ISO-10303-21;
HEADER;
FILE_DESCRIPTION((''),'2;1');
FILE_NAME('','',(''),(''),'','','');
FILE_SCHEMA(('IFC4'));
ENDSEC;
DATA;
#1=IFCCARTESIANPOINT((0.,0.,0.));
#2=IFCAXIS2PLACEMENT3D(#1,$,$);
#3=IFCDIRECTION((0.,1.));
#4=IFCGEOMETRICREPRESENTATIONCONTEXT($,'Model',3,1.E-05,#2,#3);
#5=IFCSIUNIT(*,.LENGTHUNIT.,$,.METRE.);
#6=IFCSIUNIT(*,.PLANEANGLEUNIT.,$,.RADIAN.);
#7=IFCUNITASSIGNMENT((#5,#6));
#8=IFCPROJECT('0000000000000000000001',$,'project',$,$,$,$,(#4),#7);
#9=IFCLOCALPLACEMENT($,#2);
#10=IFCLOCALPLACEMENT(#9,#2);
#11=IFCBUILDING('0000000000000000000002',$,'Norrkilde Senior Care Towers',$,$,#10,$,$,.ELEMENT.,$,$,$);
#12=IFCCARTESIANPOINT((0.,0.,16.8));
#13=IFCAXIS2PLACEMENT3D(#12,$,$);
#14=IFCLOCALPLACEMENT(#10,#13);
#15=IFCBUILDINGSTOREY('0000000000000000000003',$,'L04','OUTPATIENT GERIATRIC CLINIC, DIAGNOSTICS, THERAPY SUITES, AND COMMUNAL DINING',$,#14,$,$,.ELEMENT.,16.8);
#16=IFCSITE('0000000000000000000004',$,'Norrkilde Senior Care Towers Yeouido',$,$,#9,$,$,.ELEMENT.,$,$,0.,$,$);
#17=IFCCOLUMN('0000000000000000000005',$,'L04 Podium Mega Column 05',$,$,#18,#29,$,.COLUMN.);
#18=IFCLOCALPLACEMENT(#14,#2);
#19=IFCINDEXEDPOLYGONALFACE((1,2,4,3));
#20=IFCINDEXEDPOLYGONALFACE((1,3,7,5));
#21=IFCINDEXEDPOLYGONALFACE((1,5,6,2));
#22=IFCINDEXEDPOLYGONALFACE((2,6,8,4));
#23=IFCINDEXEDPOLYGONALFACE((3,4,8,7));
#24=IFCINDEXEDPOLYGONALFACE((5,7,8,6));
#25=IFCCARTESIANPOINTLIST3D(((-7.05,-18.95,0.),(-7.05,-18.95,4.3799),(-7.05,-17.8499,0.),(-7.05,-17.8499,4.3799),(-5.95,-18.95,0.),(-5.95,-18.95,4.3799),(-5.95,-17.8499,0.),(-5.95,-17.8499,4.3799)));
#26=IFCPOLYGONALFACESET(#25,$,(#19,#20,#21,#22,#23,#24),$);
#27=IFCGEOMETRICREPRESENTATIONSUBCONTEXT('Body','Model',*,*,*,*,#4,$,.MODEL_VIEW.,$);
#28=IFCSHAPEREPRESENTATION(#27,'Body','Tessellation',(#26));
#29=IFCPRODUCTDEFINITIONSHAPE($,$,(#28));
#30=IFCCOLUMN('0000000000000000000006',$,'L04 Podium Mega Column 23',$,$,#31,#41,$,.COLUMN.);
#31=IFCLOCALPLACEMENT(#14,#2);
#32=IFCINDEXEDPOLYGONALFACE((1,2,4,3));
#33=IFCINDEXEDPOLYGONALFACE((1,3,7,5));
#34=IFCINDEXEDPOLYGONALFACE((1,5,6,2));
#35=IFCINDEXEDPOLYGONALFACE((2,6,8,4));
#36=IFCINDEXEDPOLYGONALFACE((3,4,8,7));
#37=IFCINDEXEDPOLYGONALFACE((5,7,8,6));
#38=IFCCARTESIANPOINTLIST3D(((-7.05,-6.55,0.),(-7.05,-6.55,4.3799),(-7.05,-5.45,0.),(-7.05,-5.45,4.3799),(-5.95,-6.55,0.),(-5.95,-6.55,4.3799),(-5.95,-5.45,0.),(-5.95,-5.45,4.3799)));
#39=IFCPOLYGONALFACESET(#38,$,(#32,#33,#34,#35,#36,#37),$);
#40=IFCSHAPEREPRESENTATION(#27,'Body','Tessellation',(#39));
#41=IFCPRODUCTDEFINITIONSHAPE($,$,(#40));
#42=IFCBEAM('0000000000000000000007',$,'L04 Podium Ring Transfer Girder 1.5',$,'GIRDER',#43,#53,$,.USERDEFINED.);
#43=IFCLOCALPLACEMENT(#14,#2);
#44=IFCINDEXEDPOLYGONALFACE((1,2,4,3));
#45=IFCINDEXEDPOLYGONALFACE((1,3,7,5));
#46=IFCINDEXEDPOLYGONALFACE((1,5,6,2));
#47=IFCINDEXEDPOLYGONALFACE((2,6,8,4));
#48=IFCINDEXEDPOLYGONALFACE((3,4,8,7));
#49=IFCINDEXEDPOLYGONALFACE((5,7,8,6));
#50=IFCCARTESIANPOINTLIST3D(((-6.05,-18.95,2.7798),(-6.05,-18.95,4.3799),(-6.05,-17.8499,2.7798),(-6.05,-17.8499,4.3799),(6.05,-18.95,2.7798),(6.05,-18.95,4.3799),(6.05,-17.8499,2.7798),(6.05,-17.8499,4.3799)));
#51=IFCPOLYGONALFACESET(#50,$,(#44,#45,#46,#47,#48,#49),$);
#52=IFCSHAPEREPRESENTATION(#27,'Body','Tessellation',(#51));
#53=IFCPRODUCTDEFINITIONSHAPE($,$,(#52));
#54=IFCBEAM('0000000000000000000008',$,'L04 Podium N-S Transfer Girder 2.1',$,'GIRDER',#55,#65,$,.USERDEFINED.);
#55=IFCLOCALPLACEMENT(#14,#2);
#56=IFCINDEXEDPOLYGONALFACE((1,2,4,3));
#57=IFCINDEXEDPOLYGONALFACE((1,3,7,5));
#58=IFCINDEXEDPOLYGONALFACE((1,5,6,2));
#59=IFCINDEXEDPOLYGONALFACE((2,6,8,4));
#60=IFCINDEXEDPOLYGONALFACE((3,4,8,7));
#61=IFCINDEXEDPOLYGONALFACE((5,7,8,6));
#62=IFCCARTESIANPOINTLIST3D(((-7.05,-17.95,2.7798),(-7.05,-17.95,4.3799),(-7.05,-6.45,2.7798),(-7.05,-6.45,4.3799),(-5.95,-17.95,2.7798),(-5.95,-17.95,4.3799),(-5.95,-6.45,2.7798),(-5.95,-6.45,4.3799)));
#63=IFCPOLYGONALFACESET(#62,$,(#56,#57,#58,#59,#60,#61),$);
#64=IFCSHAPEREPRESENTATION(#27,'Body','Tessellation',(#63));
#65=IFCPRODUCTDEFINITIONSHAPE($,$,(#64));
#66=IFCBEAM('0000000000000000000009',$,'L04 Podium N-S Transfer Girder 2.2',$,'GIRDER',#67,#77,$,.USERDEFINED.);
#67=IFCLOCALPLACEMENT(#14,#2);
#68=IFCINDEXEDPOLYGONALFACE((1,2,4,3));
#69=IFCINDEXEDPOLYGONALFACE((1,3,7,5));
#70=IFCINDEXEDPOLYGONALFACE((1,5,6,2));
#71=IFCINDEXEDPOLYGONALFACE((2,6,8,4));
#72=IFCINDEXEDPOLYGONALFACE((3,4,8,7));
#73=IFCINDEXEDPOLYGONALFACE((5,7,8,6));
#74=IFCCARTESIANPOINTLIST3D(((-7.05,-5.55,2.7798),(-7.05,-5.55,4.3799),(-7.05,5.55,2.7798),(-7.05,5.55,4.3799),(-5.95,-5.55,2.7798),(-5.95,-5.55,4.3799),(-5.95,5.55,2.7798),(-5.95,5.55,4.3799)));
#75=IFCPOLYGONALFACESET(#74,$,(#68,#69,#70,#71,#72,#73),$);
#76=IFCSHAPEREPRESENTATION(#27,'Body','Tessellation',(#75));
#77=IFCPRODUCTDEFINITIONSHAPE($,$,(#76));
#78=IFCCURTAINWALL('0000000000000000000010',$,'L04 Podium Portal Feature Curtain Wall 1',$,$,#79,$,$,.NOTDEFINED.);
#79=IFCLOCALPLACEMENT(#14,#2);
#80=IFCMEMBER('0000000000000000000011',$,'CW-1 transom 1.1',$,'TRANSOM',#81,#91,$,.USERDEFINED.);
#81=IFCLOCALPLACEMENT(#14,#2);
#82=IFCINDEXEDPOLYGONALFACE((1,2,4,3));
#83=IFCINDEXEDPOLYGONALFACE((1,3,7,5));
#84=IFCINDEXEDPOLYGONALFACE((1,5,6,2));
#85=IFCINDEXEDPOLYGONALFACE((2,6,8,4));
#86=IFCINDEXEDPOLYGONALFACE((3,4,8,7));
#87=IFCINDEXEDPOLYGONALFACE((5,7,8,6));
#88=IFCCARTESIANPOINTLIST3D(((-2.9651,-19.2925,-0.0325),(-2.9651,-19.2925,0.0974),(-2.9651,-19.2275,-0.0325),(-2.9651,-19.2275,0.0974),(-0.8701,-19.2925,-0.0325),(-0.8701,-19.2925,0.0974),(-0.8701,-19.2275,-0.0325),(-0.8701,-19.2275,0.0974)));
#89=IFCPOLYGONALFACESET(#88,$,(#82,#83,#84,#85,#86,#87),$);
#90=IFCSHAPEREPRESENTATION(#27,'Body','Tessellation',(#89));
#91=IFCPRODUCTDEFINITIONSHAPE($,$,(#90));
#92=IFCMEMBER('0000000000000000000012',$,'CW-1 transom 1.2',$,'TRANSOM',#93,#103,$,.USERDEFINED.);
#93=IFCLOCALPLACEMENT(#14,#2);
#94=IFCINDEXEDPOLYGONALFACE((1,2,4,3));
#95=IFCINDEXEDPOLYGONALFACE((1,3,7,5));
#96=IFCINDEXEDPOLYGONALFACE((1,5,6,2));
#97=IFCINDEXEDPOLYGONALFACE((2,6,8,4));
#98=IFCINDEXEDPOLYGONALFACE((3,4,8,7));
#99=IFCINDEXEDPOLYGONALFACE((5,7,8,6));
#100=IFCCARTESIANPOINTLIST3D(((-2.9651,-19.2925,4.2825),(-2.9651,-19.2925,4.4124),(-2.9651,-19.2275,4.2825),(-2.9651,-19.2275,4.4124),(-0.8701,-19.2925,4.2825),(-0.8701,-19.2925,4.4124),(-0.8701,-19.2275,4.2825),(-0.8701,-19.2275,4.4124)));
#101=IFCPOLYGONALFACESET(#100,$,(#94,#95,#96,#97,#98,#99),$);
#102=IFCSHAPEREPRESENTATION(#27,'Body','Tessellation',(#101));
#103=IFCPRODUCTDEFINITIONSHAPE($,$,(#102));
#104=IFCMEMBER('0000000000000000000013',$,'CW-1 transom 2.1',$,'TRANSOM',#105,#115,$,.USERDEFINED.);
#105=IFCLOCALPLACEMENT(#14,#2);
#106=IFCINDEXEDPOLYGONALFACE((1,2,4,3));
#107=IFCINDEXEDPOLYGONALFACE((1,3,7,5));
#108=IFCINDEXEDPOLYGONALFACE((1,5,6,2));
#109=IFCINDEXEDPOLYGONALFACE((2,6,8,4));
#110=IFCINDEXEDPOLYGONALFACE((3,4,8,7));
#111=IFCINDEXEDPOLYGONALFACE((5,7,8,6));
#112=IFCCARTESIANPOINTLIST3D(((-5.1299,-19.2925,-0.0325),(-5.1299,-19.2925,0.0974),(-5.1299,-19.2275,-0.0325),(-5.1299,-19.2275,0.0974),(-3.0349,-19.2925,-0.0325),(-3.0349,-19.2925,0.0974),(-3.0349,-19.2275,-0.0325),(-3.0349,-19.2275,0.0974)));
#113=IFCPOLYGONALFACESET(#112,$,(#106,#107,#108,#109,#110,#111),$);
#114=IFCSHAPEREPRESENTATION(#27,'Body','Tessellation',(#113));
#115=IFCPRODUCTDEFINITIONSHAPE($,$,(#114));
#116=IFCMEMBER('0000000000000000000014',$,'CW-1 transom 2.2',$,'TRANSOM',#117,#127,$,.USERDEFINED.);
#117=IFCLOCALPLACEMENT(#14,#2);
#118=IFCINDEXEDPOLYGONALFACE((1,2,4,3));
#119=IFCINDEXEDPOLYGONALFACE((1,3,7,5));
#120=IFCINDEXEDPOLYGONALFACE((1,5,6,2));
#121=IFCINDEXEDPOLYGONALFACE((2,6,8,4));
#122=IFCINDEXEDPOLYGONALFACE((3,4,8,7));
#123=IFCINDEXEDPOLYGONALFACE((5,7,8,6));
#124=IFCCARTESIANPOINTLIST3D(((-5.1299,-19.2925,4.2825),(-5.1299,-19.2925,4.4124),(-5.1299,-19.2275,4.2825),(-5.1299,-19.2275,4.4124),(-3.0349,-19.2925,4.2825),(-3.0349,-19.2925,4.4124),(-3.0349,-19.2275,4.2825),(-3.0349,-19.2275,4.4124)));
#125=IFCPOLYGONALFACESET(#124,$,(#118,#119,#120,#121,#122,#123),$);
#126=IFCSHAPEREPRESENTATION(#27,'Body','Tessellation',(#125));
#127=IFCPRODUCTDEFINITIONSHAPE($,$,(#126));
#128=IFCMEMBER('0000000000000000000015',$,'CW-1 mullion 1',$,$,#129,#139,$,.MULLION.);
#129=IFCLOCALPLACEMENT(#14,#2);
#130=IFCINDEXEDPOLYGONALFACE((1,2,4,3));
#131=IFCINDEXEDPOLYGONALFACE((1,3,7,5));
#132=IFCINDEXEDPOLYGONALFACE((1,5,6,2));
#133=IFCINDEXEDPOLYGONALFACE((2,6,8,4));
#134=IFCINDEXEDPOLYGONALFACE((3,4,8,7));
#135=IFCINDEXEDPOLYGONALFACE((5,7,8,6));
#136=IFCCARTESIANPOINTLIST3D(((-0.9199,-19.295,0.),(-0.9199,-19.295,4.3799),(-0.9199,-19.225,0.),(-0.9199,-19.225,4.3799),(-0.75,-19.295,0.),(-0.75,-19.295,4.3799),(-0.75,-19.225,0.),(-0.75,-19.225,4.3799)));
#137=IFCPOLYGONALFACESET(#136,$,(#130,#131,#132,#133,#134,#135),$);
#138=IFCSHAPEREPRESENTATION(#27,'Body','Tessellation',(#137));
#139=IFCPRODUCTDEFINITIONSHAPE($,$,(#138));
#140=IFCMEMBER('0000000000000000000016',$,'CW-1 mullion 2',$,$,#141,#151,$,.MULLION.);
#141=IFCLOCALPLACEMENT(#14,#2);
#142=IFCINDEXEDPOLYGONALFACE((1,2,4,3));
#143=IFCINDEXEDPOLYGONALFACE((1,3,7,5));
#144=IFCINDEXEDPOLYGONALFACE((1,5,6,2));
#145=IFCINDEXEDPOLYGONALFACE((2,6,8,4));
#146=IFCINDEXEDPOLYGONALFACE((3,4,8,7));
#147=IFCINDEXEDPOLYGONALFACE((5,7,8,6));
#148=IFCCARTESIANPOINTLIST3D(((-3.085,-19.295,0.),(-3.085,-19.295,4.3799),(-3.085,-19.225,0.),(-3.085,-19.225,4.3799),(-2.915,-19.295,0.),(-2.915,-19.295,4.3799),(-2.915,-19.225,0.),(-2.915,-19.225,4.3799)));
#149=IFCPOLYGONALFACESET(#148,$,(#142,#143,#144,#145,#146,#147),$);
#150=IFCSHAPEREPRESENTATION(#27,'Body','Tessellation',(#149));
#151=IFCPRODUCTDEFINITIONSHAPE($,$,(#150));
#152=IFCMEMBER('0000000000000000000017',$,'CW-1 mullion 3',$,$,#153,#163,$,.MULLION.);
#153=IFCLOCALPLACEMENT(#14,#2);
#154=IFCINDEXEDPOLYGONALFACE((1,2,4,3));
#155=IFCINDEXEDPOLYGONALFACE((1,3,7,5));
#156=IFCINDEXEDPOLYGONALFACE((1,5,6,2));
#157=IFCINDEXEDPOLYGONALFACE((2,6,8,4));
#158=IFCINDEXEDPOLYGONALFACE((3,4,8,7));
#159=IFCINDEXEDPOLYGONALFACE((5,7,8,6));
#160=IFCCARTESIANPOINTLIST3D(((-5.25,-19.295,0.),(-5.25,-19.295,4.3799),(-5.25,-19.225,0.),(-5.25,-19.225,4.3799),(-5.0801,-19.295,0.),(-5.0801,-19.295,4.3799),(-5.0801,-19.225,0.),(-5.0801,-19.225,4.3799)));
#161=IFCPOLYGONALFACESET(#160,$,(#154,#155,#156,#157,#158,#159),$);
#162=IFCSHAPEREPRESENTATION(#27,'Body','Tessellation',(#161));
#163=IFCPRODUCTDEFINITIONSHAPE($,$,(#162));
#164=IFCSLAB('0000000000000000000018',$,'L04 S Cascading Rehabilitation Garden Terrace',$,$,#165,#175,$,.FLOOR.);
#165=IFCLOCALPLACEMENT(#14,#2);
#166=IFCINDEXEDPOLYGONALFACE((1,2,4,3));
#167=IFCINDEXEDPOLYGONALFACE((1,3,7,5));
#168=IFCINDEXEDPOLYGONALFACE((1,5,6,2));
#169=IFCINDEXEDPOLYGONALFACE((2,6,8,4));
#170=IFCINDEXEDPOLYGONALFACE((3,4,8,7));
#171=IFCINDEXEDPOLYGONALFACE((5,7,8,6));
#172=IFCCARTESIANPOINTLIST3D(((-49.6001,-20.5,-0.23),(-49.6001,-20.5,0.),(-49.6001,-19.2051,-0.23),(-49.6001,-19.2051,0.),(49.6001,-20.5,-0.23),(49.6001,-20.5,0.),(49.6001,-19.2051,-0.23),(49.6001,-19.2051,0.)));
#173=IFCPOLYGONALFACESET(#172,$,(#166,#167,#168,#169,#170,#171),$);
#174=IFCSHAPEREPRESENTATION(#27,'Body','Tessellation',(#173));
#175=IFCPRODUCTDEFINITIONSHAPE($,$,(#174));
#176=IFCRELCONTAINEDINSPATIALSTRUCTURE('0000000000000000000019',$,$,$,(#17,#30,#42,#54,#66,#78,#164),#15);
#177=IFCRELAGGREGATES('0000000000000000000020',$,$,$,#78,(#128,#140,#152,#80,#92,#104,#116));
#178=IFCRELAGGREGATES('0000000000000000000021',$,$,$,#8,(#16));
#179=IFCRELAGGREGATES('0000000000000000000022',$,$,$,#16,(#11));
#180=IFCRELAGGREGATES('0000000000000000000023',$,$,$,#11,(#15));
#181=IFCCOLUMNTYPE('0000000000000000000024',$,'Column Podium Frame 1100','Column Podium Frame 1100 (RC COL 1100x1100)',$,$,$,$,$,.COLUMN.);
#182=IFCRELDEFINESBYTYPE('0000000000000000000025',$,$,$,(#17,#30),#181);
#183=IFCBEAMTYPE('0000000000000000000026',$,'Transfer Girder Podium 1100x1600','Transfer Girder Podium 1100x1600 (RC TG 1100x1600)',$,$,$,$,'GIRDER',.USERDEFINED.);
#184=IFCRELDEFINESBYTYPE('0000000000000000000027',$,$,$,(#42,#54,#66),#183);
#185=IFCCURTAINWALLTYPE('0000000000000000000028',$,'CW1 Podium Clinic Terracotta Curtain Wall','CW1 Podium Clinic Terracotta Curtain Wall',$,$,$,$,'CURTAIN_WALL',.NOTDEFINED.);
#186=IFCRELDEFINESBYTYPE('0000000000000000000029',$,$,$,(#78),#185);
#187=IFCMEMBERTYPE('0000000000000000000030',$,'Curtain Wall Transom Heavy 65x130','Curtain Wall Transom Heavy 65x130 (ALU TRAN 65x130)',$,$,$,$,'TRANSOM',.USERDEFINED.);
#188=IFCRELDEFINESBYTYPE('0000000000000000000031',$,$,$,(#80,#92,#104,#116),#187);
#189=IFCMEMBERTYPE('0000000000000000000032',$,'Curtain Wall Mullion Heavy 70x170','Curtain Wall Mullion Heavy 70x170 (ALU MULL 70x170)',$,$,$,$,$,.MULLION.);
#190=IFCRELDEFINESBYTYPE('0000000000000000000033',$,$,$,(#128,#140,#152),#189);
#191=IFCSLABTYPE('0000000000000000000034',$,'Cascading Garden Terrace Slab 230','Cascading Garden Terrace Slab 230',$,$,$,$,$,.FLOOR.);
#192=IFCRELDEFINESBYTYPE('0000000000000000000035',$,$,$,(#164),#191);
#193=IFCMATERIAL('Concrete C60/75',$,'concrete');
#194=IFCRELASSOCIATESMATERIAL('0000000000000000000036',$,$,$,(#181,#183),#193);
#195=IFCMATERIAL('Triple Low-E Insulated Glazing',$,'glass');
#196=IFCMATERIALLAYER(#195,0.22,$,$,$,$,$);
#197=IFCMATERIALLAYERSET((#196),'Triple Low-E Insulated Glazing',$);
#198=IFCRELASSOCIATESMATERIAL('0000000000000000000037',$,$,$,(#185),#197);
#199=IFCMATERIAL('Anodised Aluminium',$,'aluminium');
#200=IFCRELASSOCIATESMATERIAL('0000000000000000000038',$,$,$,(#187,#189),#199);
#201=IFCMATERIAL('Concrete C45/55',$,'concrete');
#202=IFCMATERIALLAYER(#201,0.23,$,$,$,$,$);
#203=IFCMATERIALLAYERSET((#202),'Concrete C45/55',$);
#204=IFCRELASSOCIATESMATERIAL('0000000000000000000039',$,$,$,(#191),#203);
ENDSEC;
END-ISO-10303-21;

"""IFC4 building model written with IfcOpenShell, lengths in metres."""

from ifc_helpers import new_model, si_unit, direction, frame, origin, origin_2d, place, context, subcontext, project, spatial, polyline, rectangle, outline, extrude, source, transform, mapped, material, layer, layer_set, material_profile, profile_set, type_object, type_shapes, element, aggregate, save


model = new_model("IFC4")

# Units and contexts
model_context = context("Model", 3, precision=1e-05, world=origin(), true_north=direction((0.0, 1.0)))
body_context = subcontext(model_context, "Body", "Model", "MODEL_VIEW")
ifc_project = project(units=[si_unit("LENGTHUNIT", "METRE"), si_unit("PLANEANGLEUNIT", "RADIAN")], contexts=[model_context])

# Site, building, storey
site_placement = place(None, origin())
site = spatial("IfcSite", under=ifc_project, at=site_placement, Name="Norrkilde Senior Care Towers Yeouido", CompositionType="ELEMENT", RefElevation=0.0)
building_placement = place(site_placement, origin())
building = spatial("IfcBuilding", under=site, at=building_placement, Name="Norrkilde Senior Care Towers", CompositionType="ELEMENT")
storey_placement = place(building_placement, frame((0.0, 0.0, 16.8)))
storey = spatial("IfcBuildingStorey", under=building, at=storey_placement, Name="L04", Description="OUTPATIENT GERIATRIC CLINIC, DIAGNOSTICS, THERAPY SUITES, AND COMMUNAL DINING", CompositionType="ELEMENT", Elevation=16.8)

# Columns
ifc_material_1 = material(Name="Concrete C60/75", Category="concrete")
ifc_material_profile_1 = material_profile(ifc_material_1, rectangle(XDim=1.1001, YDim=1.1001, at=origin_2d()), Name="RC COL 1100x1100")
ifc_profile_set_1 = profile_set([ifc_material_profile_1], Name="Concrete C60/75")
column_type = type_object("IfcColumnType", Name="Column Podium Frame 1100", Description="Column Podium Frame 1100 (RC COL 1100x1100)", PredefinedType="COLUMN", material=ifc_profile_set_1)
shared_shape_1 = source(origin(), body_context, "Body", "SweptSolid", [
    extrude(rectangle(XDim=1.1001, YDim=1.1001, at=origin_2d()), origin(), (0.0, 0.0, 1.0), 4.3799),
])
type_shapes(column_type, [shared_shape_1])
for number, where, z_axis, x_axis, name in (
    (1, (-6.5, -18.3999, 0.0), (0.0, 0.0, 1.0), (1.0, 0.0, 0.0), "L04 Podium Mega Column 05"),
    (2, (-6.5, -6.0, 0.0), (0.0, 0.0, 1.0), (1.0, 0.0, 0.0), "L04 Podium Mega Column 23"),
):
    element("IfcColumn", number, at=place(storey_placement, frame(where, z_axis=z_axis, x_axis=x_axis)), inside=storey, type_object=column_type, Name=name, PredefinedType="COLUMN", context=body_context, shape_type="MappedRepresentation", body=[
        mapped(shared_shape_1, transform((0.0, 0.0, 0.0), x_axis=(1.0, 0.0, 0.0), y_axis=(0.0, 1.0, 0.0), z_axis=(0.0, 0.0, 1.0), scale=1.0)),
    ])

# Beams
ifc_material_profile_2 = material_profile(ifc_material_1, rectangle(XDim=1.1001, YDim=1.6001, at=origin_2d()), Name="RC TG 1100x1600")
ifc_profile_set_2 = profile_set([ifc_material_profile_2], Name="Concrete C60/75")
beam_type = type_object("IfcBeamType", Name="Transfer Girder Podium 1100x1600", Description="Transfer Girder Podium 1100x1600 (RC TG 1100x1600)", ElementType="GIRDER", PredefinedType="USERDEFINED", material=ifc_profile_set_2)
shared_shape_2 = source(origin(), body_context, "Body", "SweptSolid", [
    extrude(rectangle(XDim=1.1001, YDim=1.6001, at=origin_2d()), origin(), (0.0, 0.0, 1.0), 12.1001),
])
beam_1_placement = place(storey_placement, frame((-6.05, -18.3999, 3.5798), z_axis=(1.0, 0.0, 0.0), x_axis=(0.0, 1.0, 0.0)))
element("IfcBeam", 3, at=beam_1_placement, inside=storey, type_object=beam_type, Name="L04 Podium Ring Transfer Girder 1.5", ObjectType="GIRDER", PredefinedType="USERDEFINED", context=body_context, shape_type="MappedRepresentation", body=[
    mapped(shared_shape_2, transform((0.0, 0.0, 0.0), x_axis=(1.0, 0.0, 0.0), y_axis=(0.0, 1.0, 0.0), z_axis=(0.0, 0.0, 1.0), scale=1.0)),
])
shared_shape_3 = source(origin(), body_context, "Body", "SweptSolid", [
    extrude(rectangle(XDim=1.1001, YDim=1.6001, at=origin_2d()), origin(), (0.0, 0.0, 1.0), 11.5),
])
beam_2_placement = place(storey_placement, frame((-6.5, -17.95, 3.5798), z_axis=(0.0, 1.0, 0.0), x_axis=(-1.0, 0.0, 0.0)))
element("IfcBeam", 4, at=beam_2_placement, inside=storey, type_object=beam_type, Name="L04 Podium N-S Transfer Girder 2.1", ObjectType="GIRDER", PredefinedType="USERDEFINED", context=body_context, shape_type="MappedRepresentation", body=[
    mapped(shared_shape_3, transform((0.0, 0.0, 0.0), x_axis=(1.0, 0.0, 0.0), y_axis=(0.0, 1.0, 0.0), z_axis=(0.0, 0.0, 1.0), scale=1.0)),
])
shared_shape_4 = source(origin(), body_context, "Body", "SweptSolid", [
    extrude(rectangle(XDim=1.1001, YDim=1.6001, at=origin_2d()), origin(), (0.0, 0.0, 1.0), 11.1001),
])
type_shapes(beam_type, [shared_shape_2, shared_shape_3, shared_shape_4])
beam_3_placement = place(storey_placement, frame((-6.5, -5.55, 3.5798), z_axis=(0.0, 1.0, 0.0), x_axis=(-1.0, 0.0, 0.0)))
element("IfcBeam", 5, at=beam_3_placement, inside=storey, type_object=beam_type, Name="L04 Podium N-S Transfer Girder 2.2", ObjectType="GIRDER", PredefinedType="USERDEFINED", context=body_context, shape_type="MappedRepresentation", body=[
    mapped(shared_shape_4, transform((0.0, 0.0, 0.0), x_axis=(1.0, 0.0, 0.0), y_axis=(0.0, 1.0, 0.0), z_axis=(0.0, 0.0, 1.0), scale=1.0)),
])

# Curtain wall, members
ifc_material_2 = material(Name="Triple Low-E Insulated Glazing", Category="glass")
ifc_layer_1 = layer(ifc_material_2, 0.22)
ifc_layer_set_1 = layer_set([ifc_layer_1], Name="Triple Low-E Insulated Glazing")
curtain_wall_type = type_object("IfcCurtainWallType", Name="CW1 Podium Clinic Terracotta Curtain Wall", Description="CW1 Podium Clinic Terracotta Curtain Wall", ElementType="CURTAIN_WALL", PredefinedType="NOTDEFINED", material=ifc_layer_set_1)
curtain_wall_placement = place(storey_placement, origin())
curtain_wall = element("IfcCurtainWall", 6, at=curtain_wall_placement, inside=storey, type_object=curtain_wall_type, Name="L04 Podium Portal Feature Curtain Wall 1", PredefinedType="NOTDEFINED")
ifc_material_3 = material(Name="Anodised Aluminium", Category="aluminium")
ifc_material_profile_3 = material_profile(ifc_material_3, rectangle(XDim=0.0649, YDim=0.1299, at=origin_2d()), Name="ALU TRAN 65x130")
ifc_profile_set_3 = profile_set([ifc_material_profile_3], Name="Anodised Aluminium")
member_type_1 = type_object("IfcMemberType", Name="Curtain Wall Transom Heavy 65x130", Description="Curtain Wall Transom Heavy 65x130 (ALU TRAN 65x130)", ElementType="TRANSOM", PredefinedType="USERDEFINED", material=ifc_profile_set_3)
shared_shape_5 = source(origin(), body_context, "Body", "SweptSolid", [
    extrude(rectangle(XDim=0.0649, YDim=0.1299, at=origin_2d()), origin(), (0.0, 0.0, 1.0), 2.095),
])
type_shapes(member_type_1, [shared_shape_5])
member_1_placement = place(storey_placement, frame((-0.8701, -19.26, 0.0325), z_axis=(-1.0, 0.0, 0.0), x_axis=(0.0, -1.0, 0.0)))
member_1 = element("IfcMember", 7, at=member_1_placement, type_object=member_type_1, Name="CW-1 transom 1.1", ObjectType="TRANSOM", PredefinedType="USERDEFINED", context=body_context, shape_type="MappedRepresentation", body=[
    mapped(shared_shape_5, transform((0.0, 0.0, 0.0), x_axis=(1.0, 0.0, 0.0), y_axis=(0.0, 1.0, 0.0), z_axis=(0.0, 0.0, 1.0), scale=1.0)),
])
member_2_placement = place(storey_placement, frame((-0.8701, -19.26, 4.3474), z_axis=(-1.0, 0.0, 0.0), x_axis=(0.0, -1.0, 0.0)))
member_2 = element("IfcMember", 8, at=member_2_placement, type_object=member_type_1, Name="CW-1 transom 1.2", ObjectType="TRANSOM", PredefinedType="USERDEFINED", context=body_context, shape_type="MappedRepresentation", body=[
    mapped(shared_shape_5, transform((0.0, 0.0, 0.0), x_axis=(1.0, 0.0, 0.0), y_axis=(0.0, 1.0, 0.0), z_axis=(0.0, 0.0, 1.0), scale=1.0)),
])
member_3_placement = place(storey_placement, frame((-3.0349, -19.26, 0.0325), z_axis=(-1.0, 0.0, 0.0), x_axis=(0.0, -1.0, 0.0)))
member_3 = element("IfcMember", 9, at=member_3_placement, type_object=member_type_1, Name="CW-1 transom 2.1", ObjectType="TRANSOM", PredefinedType="USERDEFINED", context=body_context, shape_type="MappedRepresentation", body=[
    mapped(shared_shape_5, transform((0.0, 0.0, 0.0), x_axis=(1.0, 0.0, 0.0), y_axis=(0.0, 1.0, 0.0), z_axis=(0.0, 0.0, 1.0), scale=1.0)),
])
member_4_placement = place(storey_placement, frame((-3.0349, -19.26, 4.3474), z_axis=(-1.0, 0.0, 0.0), x_axis=(0.0, -1.0, 0.0)))
member_4 = element("IfcMember", 10, at=member_4_placement, type_object=member_type_1, Name="CW-1 transom 2.2", ObjectType="TRANSOM", PredefinedType="USERDEFINED", context=body_context, shape_type="MappedRepresentation", body=[
    mapped(shared_shape_5, transform((0.0, 0.0, 0.0), x_axis=(1.0, 0.0, 0.0), y_axis=(0.0, 1.0, 0.0), z_axis=(0.0, 0.0, 1.0), scale=1.0)),
])
ifc_material_profile_4 = material_profile(ifc_material_3, rectangle(XDim=0.0701, YDim=0.1699, at=origin_2d()), Name="ALU MULL 70x170")
ifc_profile_set_4 = profile_set([ifc_material_profile_4], Name="Anodised Aluminium")
member_type_2 = type_object("IfcMemberType", Name="Curtain Wall Mullion Heavy 70x170", Description="Curtain Wall Mullion Heavy 70x170 (ALU MULL 70x170)", PredefinedType="MULLION", material=ifc_profile_set_4)
shared_shape_6 = source(origin(), body_context, "Body", "SweptSolid", [
    extrude(rectangle(XDim=0.0701, YDim=0.1699, at=origin_2d()), origin(), (0.0, 0.0, 1.0), 4.3799),
])
type_shapes(member_type_2, [shared_shape_6])
member_5_placement = place(storey_placement, frame((-0.835, -19.26, 0.0), z_axis=(0.0, 0.0, 1.0), x_axis=(0.0, -1.0, 0.0)))
member_5 = element("IfcMember", 11, at=member_5_placement, type_object=member_type_2, Name="CW-1 mullion 1", PredefinedType="MULLION", context=body_context, shape_type="MappedRepresentation", body=[
    mapped(shared_shape_6, transform((0.0, 0.0, 0.0), x_axis=(1.0, 0.0, 0.0), y_axis=(0.0, 1.0, 0.0), z_axis=(0.0, 0.0, 1.0), scale=1.0)),
])
member_6_placement = place(storey_placement, frame((-3.0, -19.26, 0.0), z_axis=(0.0, 0.0, 1.0), x_axis=(0.0, -1.0, 0.0)))
member_6 = element("IfcMember", 12, at=member_6_placement, type_object=member_type_2, Name="CW-1 mullion 2", PredefinedType="MULLION", context=body_context, shape_type="MappedRepresentation", body=[
    mapped(shared_shape_6, transform((0.0, 0.0, 0.0), x_axis=(1.0, 0.0, 0.0), y_axis=(0.0, 1.0, 0.0), z_axis=(0.0, 0.0, 1.0), scale=1.0)),
])
member_7_placement = place(storey_placement, frame((-5.165, -19.26, 0.0), z_axis=(0.0, 0.0, 1.0), x_axis=(0.0, -1.0, 0.0)))
member_7 = element("IfcMember", 13, at=member_7_placement, type_object=member_type_2, Name="CW-1 mullion 3", PredefinedType="MULLION", context=body_context, shape_type="MappedRepresentation", body=[
    mapped(shared_shape_6, transform((0.0, 0.0, 0.0), x_axis=(1.0, 0.0, 0.0), y_axis=(0.0, 1.0, 0.0), z_axis=(0.0, 0.0, 1.0), scale=1.0)),
])

# Slab
ifc_material_4 = material(Name="Concrete C45/55", Category="concrete")
ifc_layer_2 = layer(ifc_material_4, 0.23)
ifc_layer_set_2 = layer_set([ifc_layer_2], Name="Concrete C45/55")
slab_type_1 = type_object("IfcSlabType", Name="Cascading Garden Terrace Slab 230", Description="Cascading Garden Terrace Slab 230", PredefinedType="FLOOR", material=ifc_layer_set_2)
slab_1_placement = place(storey_placement, frame((0.0, 0.0, -0.23)))
element("IfcSlab", 14, at=slab_1_placement, inside=storey, type_object=slab_type_1, Name="L04 S Cascading Rehabilitation Garden Terrace", PredefinedType="FLOOR", context=body_context, shape_type="SweptSolid", body=[
    extrude(outline(polyline([(-49.6001, -20.5), (49.6001, -20.5), (49.6001, -19.2051), (-49.6001, -19.2051), (-49.6001, -20.5)])), origin(), (0.0, 0.0, 1.0), 0.23),
])

aggregate(curtain_wall, [member_5, member_6, member_7, member_1, member_2, member_3, member_4])

save(model, "model.ifc")
